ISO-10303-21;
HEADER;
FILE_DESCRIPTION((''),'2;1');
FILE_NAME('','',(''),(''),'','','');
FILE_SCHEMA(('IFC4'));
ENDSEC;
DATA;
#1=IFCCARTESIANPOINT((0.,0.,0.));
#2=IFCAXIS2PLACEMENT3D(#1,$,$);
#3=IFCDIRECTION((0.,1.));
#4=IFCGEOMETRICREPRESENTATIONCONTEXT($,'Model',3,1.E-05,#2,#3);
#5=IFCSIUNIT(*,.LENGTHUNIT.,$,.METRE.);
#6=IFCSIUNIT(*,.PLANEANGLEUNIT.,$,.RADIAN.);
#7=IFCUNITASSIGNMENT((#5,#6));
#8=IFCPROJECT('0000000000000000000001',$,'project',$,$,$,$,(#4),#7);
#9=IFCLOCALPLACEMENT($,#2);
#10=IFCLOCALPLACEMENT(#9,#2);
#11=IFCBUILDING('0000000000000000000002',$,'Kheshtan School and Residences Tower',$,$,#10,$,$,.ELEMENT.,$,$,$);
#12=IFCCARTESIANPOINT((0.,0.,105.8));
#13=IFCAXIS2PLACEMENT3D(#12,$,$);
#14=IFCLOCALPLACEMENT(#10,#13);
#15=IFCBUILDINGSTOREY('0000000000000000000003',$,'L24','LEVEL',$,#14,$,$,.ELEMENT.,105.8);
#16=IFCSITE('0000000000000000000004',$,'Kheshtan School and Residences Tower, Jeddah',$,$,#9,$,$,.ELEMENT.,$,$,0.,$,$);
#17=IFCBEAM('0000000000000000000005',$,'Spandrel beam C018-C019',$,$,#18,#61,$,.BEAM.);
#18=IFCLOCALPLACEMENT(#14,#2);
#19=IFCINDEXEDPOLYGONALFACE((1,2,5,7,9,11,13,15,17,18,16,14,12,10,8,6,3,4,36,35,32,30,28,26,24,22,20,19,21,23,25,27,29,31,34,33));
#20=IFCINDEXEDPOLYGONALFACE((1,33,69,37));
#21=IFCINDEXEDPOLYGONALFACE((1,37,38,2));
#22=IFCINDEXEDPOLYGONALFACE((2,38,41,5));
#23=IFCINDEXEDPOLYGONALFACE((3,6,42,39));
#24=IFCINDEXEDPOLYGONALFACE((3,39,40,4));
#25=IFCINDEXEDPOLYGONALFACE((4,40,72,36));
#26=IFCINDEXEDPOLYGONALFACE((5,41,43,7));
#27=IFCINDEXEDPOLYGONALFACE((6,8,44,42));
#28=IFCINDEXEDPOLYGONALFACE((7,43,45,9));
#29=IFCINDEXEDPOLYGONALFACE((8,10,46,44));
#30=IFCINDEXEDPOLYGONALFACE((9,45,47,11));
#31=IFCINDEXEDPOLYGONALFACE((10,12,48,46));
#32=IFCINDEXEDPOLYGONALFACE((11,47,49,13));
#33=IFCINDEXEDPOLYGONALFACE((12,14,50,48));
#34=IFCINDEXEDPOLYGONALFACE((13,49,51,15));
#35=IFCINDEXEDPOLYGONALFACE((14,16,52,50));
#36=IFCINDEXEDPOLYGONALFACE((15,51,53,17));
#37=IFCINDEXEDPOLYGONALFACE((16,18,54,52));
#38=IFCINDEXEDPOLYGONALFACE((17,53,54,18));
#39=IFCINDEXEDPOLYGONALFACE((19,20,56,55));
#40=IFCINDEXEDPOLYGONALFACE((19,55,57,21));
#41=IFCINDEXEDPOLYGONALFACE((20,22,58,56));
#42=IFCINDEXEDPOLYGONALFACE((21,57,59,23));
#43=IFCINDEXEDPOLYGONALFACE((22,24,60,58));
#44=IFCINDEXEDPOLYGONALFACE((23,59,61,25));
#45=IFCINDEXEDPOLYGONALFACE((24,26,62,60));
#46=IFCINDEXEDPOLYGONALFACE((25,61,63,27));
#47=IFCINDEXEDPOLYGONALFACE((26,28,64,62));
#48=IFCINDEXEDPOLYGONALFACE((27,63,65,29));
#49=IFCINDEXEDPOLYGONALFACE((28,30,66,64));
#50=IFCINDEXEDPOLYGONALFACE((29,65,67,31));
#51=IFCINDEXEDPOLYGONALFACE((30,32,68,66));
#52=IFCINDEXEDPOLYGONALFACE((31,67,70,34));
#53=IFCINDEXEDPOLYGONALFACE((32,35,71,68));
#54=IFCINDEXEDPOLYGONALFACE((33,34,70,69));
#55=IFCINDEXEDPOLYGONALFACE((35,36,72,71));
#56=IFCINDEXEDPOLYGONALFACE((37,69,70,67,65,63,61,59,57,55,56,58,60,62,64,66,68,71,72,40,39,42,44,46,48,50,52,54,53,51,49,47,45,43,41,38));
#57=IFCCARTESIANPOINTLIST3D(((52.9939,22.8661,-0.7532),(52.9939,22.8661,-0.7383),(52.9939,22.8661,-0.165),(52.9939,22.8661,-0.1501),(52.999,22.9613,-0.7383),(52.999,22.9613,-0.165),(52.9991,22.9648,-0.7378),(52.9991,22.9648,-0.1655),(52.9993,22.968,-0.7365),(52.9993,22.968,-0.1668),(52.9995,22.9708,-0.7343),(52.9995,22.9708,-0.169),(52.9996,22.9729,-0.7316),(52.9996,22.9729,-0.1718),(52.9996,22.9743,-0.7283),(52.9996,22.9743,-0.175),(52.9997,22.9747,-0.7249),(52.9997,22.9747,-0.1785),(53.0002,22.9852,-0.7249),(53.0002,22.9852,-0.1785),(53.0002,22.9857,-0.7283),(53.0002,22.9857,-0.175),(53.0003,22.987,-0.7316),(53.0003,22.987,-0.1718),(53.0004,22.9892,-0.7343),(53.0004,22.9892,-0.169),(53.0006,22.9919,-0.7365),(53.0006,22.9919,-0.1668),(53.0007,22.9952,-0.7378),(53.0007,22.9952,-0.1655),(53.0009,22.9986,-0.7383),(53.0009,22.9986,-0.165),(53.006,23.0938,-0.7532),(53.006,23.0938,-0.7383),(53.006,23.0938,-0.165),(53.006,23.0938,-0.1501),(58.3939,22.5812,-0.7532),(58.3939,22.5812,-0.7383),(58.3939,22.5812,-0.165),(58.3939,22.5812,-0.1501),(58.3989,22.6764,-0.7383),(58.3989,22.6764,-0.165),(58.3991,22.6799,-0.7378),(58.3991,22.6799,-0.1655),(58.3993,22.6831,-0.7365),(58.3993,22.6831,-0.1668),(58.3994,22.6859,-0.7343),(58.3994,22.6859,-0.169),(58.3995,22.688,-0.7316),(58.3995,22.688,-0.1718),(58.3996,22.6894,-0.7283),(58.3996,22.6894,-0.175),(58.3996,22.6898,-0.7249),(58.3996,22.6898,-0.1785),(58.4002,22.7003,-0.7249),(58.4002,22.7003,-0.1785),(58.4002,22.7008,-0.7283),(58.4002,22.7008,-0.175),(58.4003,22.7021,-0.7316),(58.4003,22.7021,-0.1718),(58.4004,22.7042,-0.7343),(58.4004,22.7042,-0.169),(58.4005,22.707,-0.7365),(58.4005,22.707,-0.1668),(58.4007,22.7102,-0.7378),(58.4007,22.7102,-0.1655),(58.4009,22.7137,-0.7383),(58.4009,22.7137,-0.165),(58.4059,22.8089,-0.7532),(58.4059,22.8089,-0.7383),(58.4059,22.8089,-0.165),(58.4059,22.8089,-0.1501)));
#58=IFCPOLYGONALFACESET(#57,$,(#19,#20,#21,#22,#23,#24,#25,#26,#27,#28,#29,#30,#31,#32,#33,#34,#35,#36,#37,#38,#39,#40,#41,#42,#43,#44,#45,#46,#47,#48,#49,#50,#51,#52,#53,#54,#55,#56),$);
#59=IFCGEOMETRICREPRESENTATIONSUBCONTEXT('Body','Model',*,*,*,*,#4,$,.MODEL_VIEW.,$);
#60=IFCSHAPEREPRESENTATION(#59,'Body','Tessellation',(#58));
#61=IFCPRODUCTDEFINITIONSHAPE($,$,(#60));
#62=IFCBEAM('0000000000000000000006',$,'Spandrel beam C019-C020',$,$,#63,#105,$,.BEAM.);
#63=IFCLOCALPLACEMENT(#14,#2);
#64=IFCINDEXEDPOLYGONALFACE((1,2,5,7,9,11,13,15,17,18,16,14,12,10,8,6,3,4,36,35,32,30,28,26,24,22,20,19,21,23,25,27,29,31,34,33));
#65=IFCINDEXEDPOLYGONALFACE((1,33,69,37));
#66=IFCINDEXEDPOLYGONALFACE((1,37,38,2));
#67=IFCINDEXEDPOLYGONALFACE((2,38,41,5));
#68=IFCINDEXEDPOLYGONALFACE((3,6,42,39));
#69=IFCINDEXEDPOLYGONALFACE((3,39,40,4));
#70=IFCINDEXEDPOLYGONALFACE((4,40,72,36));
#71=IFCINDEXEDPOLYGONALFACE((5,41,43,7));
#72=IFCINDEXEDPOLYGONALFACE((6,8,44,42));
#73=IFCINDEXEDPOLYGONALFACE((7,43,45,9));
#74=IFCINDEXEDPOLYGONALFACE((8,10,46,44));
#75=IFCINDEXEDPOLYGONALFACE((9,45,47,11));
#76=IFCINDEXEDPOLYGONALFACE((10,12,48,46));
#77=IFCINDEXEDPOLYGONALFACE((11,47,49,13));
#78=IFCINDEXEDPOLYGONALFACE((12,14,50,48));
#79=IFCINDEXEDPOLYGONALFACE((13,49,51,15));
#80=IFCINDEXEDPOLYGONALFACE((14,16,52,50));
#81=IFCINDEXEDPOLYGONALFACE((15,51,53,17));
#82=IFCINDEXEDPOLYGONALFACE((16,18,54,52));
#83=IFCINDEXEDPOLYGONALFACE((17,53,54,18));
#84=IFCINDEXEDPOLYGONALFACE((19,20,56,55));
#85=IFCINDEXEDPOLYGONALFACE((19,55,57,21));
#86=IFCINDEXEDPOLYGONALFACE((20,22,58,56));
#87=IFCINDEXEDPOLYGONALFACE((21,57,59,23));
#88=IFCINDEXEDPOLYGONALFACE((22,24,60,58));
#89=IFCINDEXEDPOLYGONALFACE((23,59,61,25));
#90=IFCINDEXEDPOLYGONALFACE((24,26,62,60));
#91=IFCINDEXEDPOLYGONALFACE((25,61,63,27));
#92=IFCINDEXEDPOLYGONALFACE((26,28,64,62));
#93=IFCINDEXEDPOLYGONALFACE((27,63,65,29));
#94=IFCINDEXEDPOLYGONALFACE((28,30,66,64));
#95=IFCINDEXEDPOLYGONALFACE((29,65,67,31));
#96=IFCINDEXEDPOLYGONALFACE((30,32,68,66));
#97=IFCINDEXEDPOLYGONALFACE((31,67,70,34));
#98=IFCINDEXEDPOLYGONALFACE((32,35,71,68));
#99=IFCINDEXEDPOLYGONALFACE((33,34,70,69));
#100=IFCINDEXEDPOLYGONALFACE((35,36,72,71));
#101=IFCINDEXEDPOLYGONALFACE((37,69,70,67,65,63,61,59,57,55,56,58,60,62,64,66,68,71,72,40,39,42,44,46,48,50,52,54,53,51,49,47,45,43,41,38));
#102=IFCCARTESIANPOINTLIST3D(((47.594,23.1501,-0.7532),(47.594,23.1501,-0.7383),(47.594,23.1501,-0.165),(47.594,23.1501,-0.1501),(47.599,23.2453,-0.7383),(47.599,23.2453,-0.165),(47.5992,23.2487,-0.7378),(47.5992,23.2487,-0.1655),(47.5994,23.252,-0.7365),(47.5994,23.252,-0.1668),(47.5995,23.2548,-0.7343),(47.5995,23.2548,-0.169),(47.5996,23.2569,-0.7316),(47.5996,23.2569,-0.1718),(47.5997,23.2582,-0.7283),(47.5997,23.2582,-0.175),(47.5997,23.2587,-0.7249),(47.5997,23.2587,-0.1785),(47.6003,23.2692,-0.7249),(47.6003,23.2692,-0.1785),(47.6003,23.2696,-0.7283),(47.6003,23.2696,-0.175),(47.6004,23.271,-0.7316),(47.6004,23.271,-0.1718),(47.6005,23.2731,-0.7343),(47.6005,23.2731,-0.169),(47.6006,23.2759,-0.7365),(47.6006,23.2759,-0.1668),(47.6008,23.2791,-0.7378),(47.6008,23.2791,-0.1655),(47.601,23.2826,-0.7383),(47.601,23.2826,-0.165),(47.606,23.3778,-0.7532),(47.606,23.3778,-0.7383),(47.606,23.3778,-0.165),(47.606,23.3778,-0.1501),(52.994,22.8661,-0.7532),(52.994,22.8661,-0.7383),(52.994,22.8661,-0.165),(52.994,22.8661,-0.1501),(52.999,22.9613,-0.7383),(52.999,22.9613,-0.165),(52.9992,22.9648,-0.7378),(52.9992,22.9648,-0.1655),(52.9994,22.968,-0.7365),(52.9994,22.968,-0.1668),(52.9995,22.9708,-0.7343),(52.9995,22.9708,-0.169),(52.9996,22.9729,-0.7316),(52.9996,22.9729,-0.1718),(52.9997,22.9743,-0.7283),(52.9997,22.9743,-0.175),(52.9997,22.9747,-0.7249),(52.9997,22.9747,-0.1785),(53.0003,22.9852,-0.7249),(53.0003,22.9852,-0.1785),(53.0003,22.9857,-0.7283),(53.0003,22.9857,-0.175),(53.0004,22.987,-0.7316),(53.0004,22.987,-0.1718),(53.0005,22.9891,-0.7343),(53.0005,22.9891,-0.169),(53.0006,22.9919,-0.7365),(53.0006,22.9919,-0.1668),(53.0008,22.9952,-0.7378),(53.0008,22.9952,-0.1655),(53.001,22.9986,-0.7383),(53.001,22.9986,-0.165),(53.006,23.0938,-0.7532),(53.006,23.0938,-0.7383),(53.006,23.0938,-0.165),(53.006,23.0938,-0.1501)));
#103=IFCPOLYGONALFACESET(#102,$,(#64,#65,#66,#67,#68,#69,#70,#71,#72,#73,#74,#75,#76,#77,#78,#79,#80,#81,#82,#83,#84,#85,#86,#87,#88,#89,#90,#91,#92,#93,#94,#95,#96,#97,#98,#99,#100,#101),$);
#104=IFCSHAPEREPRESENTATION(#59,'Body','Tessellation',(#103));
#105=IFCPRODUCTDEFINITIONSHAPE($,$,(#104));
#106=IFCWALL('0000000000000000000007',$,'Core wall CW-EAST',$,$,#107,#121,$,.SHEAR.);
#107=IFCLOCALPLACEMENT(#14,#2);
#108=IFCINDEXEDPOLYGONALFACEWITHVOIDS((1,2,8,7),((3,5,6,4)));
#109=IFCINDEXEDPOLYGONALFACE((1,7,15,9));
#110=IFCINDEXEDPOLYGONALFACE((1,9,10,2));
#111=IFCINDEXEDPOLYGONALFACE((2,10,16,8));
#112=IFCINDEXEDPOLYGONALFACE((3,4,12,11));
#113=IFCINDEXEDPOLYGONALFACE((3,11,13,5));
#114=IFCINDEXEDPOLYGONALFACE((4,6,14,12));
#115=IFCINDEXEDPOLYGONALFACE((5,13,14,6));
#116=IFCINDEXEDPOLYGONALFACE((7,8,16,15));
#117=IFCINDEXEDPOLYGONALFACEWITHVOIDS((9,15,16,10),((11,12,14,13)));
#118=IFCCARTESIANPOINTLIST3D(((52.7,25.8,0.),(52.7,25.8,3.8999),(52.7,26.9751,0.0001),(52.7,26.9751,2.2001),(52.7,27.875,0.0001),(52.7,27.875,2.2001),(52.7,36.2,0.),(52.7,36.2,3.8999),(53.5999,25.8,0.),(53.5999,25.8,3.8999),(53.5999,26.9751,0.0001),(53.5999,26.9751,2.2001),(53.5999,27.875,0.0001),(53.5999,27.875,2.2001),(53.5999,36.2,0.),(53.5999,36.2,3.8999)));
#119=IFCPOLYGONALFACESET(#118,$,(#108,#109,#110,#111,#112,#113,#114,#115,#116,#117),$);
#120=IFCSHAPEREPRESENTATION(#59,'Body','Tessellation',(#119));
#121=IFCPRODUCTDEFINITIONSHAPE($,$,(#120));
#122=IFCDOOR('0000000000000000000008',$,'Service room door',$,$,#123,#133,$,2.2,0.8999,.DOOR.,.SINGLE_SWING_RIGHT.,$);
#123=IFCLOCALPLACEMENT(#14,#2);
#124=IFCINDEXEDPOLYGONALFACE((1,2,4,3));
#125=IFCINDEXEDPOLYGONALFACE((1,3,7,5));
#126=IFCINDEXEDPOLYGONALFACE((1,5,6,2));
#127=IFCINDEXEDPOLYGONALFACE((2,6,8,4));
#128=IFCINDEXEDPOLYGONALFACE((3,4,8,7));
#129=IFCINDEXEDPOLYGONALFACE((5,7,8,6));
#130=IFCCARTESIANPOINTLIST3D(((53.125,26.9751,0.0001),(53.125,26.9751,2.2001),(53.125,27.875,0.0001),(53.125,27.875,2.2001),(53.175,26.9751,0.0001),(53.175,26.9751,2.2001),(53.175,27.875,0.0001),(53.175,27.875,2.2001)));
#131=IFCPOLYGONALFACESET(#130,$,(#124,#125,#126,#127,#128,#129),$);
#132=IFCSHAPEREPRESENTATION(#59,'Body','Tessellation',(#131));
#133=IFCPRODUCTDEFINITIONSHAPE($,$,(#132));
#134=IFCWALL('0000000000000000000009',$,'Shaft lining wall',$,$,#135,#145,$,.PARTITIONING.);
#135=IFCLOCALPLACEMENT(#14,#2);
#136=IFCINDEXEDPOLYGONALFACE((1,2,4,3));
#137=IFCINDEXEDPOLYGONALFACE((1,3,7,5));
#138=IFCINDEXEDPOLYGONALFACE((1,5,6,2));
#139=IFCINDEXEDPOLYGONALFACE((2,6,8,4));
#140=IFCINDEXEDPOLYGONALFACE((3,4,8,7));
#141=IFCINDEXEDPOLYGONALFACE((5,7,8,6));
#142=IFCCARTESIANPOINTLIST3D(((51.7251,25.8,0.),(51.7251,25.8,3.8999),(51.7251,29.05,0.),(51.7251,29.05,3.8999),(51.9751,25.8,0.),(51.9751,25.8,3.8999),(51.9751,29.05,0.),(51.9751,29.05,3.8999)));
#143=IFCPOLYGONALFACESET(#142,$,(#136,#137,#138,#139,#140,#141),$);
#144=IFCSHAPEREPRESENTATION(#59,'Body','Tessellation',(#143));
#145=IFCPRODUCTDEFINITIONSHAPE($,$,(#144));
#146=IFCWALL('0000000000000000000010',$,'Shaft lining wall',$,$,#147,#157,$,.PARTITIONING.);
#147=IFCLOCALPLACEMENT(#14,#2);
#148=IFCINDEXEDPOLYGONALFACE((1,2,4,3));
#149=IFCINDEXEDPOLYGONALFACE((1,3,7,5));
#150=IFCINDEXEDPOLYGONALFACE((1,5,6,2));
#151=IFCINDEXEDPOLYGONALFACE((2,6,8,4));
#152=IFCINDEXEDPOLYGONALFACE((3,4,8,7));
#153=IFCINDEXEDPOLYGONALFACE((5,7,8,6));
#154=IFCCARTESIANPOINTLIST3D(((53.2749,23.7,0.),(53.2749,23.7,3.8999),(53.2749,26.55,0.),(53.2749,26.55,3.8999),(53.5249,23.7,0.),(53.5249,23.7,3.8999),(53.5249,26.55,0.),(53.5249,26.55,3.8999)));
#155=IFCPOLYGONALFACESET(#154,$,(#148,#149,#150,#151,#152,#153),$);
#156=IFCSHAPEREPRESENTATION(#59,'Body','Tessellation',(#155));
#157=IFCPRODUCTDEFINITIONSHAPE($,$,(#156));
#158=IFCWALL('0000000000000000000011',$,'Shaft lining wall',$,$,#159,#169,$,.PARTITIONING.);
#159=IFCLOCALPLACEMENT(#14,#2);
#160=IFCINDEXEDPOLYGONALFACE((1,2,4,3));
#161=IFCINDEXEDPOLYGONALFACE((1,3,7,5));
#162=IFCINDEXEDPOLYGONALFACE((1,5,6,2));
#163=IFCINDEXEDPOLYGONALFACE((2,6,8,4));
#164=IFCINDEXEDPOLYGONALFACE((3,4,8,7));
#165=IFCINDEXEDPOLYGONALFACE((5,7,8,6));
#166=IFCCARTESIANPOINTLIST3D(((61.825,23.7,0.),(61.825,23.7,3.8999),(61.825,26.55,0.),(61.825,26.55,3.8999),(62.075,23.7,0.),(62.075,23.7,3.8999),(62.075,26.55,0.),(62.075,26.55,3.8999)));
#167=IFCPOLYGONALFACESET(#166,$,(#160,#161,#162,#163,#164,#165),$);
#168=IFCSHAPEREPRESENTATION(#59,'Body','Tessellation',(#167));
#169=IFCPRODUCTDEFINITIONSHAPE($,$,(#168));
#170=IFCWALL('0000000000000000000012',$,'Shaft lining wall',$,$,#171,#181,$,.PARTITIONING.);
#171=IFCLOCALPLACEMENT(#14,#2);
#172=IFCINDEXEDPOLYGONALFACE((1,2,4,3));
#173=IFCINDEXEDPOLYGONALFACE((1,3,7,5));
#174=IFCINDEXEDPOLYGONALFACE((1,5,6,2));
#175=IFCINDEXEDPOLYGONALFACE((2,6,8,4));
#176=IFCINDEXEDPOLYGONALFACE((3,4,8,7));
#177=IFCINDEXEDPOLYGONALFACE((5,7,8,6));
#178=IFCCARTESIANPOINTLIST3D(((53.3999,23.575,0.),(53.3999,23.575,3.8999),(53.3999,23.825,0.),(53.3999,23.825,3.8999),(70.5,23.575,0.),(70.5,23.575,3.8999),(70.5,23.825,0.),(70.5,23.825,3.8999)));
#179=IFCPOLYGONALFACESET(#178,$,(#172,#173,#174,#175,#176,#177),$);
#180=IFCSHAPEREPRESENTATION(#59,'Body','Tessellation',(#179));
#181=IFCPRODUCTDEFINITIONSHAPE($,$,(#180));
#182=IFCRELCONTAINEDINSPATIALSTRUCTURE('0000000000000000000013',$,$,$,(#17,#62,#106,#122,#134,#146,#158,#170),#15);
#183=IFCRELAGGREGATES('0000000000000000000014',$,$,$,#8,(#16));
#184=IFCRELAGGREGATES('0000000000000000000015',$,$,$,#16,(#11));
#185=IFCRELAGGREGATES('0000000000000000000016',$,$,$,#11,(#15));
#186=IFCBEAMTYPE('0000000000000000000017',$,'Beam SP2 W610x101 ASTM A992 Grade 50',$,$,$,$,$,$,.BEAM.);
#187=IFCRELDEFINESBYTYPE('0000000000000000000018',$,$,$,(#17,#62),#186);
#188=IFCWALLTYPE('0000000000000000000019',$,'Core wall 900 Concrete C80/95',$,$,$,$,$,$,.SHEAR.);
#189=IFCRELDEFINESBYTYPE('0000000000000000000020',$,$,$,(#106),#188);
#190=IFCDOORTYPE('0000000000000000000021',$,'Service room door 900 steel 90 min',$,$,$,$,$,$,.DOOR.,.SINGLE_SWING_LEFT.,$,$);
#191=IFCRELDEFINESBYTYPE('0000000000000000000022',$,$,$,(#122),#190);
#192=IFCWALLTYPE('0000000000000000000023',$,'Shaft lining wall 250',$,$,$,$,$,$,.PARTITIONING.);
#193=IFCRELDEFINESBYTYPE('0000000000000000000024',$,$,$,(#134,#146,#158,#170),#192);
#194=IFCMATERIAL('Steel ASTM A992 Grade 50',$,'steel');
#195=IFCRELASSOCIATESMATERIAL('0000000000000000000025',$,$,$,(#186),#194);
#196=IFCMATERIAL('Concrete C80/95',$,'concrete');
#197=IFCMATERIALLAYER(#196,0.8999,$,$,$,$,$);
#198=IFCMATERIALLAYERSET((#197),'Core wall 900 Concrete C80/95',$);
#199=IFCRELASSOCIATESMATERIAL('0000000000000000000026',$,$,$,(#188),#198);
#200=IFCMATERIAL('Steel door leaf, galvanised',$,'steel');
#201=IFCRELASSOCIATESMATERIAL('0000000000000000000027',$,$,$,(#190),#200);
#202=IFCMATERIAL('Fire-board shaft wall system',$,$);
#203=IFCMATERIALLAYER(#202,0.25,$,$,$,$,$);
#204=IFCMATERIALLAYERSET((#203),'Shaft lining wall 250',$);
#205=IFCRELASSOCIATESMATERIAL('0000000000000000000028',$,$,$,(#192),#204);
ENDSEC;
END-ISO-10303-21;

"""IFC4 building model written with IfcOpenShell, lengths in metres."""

from ifc_helpers import new_model, si_unit, direction, frame, frame_2d, origin, origin_2d, place, context, subcontext, project, spatial, rectangle, i_section, extrude, source, transform, mapped, material, layer, layer_set, material_profile, profile_set, type_object, element, fill, save


model = new_model("IFC4")

# Units and contexts
model_context = context("Model", 3, precision=1e-05, world=origin(), true_north=direction((0.0, 1.0)))
body_context = subcontext(model_context, "Body", "Model", "MODEL_VIEW")
ifc_project = project(units=[si_unit("LENGTHUNIT", "METRE"), si_unit("PLANEANGLEUNIT", "RADIAN")], contexts=[model_context])

# Site, building, storey
site_placement = place(None, origin())
site = spatial("IfcSite", under=ifc_project, at=site_placement, Name="Kheshtan School and Residences Tower, Jeddah", CompositionType="ELEMENT", RefElevation=0.0)
building_placement = place(site_placement, origin())
building = spatial("IfcBuilding", under=site, at=building_placement, Name="Kheshtan School and Residences Tower", CompositionType="ELEMENT")
storey_placement = place(building_placement, frame((0.0, 0.0, 105.8)))
storey = spatial("IfcBuildingStorey", under=building, at=storey_placement, Name="L24", Description="LEVEL", CompositionType="ELEMENT", Elevation=105.8)

# Shared definitions
ifc_material_1 = material(Name="Steel ASTM A992 Grade 50", Category="steel")

# Beams
ifc_material_profile_1 = material_profile(ifc_material_1, i_section(OverallWidth=0.228, OverallDepth=0.603, WebThickness=0.0105, FlangeThickness=0.0149, FilletRadius=0.0134, at=origin_2d()), Name="W610x101")
ifc_profile_set_1 = profile_set([ifc_material_profile_1], Name="Steel ASTM A992 Grade 50")
beam_type_1 = type_object("IfcBeamType", Name="Beam SP2 W610x101 ASTM A992 Grade 50", PredefinedType="BEAM", material=ifc_profile_set_1)
for number, where, z_axis, x_axis, name in (
    (1, (58.3999, 22.6951, -0.4517), (-0.998611, 0.052689, 0.0), (-0.052689, -0.998611, 0.0), "Spandrel beam C018-C019"),
    (2, (53.0, 22.98, -0.4517), (-0.99862, 0.052509, 0.0), (-0.052509, -0.99862, 0.0), "Spandrel beam C019-C020"),
):
    element("IfcBeam", number, at=place(storey_placement, frame(where, z_axis=z_axis, x_axis=x_axis)), inside=storey, type_object=beam_type_1, Name=name, PredefinedType="BEAM", context=body_context, shape_type="SweptSolid", body=[
        extrude(i_section(OverallWidth=0.228, OverallDepth=0.603, WebThickness=0.0105, FlangeThickness=0.0149, FilletRadius=0.0134, at=origin_2d()), origin(), (0.0, 0.0, 1.0), 5.4075),
    ])

# Wall, opening, door
ifc_material_2 = material(Name="Concrete C80/95", Category="concrete")
ifc_layer_1 = layer(ifc_material_2, 0.8999)
ifc_layer_set_1 = layer_set([ifc_layer_1], Name="Core wall 900 Concrete C80/95")
wall_type_1 = type_object("IfcWallType", Name="Core wall 900 Concrete C80/95", PredefinedType="SHEAR", material=ifc_layer_set_1)
wall_1_placement = place(storey_placement, frame((53.1499, 25.8, 0.0), z_axis=(0.0, 0.0, 1.0), x_axis=(0.0, 1.0, 0.0)))
wall_1 = element("IfcWall", 3, at=wall_1_placement, inside=storey, type_object=wall_type_1, Name="Core wall CW-EAST", PredefinedType="SHEAR", context=body_context, shape_type="SweptSolid", body=[
    extrude(rectangle(XDim=10.3999, YDim=0.8999, at=frame_2d((5.2, 0.0))), origin(), (0.0, 0.0, 1.0), 3.8999),
])
opening_placement = place(wall_1_placement, frame((1.175, 0.0, 0.0)))
opening = element("IfcOpeningElement", 4, at=opening_placement, cuts=wall_1, PredefinedType="OPENING", context=body_context, shape_type="SweptSolid", body=[
    extrude(rectangle(XDim=0.8999, YDim=2.2, at=frame_2d((0.45, 1.1001))), frame((0.0, 0.46, 0.0), z_axis=(0.0, -1.0, 0.0), x_axis=(1.0, 0.0, 0.0)), (0.0, 0.0, 1.0), 0.9199),
])
ifc_material_3 = material(Name="Steel door leaf, galvanised", Category="steel")
door_type = type_object("IfcDoorType", Name="Service room door 900 steel 90 min", OperationType="SINGLE_SWING_LEFT", PredefinedType="DOOR", material=ifc_material_3)
shared_shape = source(origin(), body_context, "Body", "SweptSolid", [
    extrude(rectangle(XDim=0.8999, YDim=2.2, at=frame_2d((0.45, 1.1001))), frame((0.0, 0.0249, 0.0), z_axis=(0.0, -1.0, 0.0), x_axis=(1.0, 0.0, 0.0)), (0.0, 0.0, 1.0), 0.05),
])
door_placement = place(opening_placement, origin())
door = element("IfcDoor", 5, at=door_placement, inside=storey, type_object=door_type, Name="Service room door", OperationType="SINGLE_SWING_RIGHT", OverallHeight=2.2, OverallWidth=0.8999, PredefinedType="DOOR", context=body_context, shape_type="MappedRepresentation", body=[
    mapped(shared_shape, transform((0.0, 0.0, 0.0), x_axis=(1.0, 0.0, 0.0), y_axis=(0.0, 1.0, 0.0), z_axis=(0.0, 0.0, 1.0), scale=1.0)),
])
fill(opening, door)

# Walls
ifc_material_4 = material(Name="Fire-board shaft wall system")
ifc_layer_2 = layer(ifc_material_4, 0.25)
ifc_layer_set_2 = layer_set([ifc_layer_2], Name="Shaft lining wall 250")
wall_type_2 = type_object("IfcWallType", Name="Shaft lining wall 250", PredefinedType="PARTITIONING", material=ifc_layer_set_2)
wall_2_placement = place(storey_placement, frame((51.8501, 25.8, 0.0), z_axis=(0.0, 0.0, 1.0), x_axis=(0.0, 1.0, 0.0)))
element("IfcWall", 6, at=wall_2_placement, inside=storey, type_object=wall_type_2, Name="Shaft lining wall", PredefinedType="PARTITIONING", context=body_context, shape_type="SweptSolid", body=[
    extrude(rectangle(XDim=3.25, YDim=0.25, at=frame_2d((1.625, 0.0))), origin(), (0.0, 0.0, 1.0), 3.8999),
])
for number, where, z_axis, x_axis, name in (
    (7, (53.3999, 23.7, 0.0), (0.0, 0.0, 1.0), (0.0, 1.0, 0.0), "Shaft lining wall"),
    (8, (61.95, 23.7, 0.0), (0.0, 0.0, 1.0), (0.0, 1.0, 0.0), "Shaft lining wall"),
):
    element("IfcWall", number, at=place(storey_placement, frame(where, z_axis=z_axis, x_axis=x_axis)), inside=storey, type_object=wall_type_2, Name=name, PredefinedType="PARTITIONING", context=body_context, shape_type="SweptSolid", body=[
        extrude(rectangle(XDim=2.8501, YDim=0.25, at=frame_2d((1.425, 0.0))), origin(), (0.0, 0.0, 1.0), 3.8999),
    ])
wall_3_placement = place(storey_placement, frame((53.3999, 23.7, 0.0), z_axis=(0.0, 0.0, 1.0), x_axis=(1.0, 0.0, 0.0)))
element("IfcWall", 9, at=wall_3_placement, inside=storey, type_object=wall_type_2, Name="Shaft lining wall", PredefinedType="PARTITIONING", context=body_context, shape_type="SweptSolid", body=[
    extrude(rectangle(XDim=17.1001, YDim=0.25, at=frame_2d((8.55, 0.0))), origin(), (0.0, 0.0, 1.0), 3.8999),
])

save(model, "model.ifc")
